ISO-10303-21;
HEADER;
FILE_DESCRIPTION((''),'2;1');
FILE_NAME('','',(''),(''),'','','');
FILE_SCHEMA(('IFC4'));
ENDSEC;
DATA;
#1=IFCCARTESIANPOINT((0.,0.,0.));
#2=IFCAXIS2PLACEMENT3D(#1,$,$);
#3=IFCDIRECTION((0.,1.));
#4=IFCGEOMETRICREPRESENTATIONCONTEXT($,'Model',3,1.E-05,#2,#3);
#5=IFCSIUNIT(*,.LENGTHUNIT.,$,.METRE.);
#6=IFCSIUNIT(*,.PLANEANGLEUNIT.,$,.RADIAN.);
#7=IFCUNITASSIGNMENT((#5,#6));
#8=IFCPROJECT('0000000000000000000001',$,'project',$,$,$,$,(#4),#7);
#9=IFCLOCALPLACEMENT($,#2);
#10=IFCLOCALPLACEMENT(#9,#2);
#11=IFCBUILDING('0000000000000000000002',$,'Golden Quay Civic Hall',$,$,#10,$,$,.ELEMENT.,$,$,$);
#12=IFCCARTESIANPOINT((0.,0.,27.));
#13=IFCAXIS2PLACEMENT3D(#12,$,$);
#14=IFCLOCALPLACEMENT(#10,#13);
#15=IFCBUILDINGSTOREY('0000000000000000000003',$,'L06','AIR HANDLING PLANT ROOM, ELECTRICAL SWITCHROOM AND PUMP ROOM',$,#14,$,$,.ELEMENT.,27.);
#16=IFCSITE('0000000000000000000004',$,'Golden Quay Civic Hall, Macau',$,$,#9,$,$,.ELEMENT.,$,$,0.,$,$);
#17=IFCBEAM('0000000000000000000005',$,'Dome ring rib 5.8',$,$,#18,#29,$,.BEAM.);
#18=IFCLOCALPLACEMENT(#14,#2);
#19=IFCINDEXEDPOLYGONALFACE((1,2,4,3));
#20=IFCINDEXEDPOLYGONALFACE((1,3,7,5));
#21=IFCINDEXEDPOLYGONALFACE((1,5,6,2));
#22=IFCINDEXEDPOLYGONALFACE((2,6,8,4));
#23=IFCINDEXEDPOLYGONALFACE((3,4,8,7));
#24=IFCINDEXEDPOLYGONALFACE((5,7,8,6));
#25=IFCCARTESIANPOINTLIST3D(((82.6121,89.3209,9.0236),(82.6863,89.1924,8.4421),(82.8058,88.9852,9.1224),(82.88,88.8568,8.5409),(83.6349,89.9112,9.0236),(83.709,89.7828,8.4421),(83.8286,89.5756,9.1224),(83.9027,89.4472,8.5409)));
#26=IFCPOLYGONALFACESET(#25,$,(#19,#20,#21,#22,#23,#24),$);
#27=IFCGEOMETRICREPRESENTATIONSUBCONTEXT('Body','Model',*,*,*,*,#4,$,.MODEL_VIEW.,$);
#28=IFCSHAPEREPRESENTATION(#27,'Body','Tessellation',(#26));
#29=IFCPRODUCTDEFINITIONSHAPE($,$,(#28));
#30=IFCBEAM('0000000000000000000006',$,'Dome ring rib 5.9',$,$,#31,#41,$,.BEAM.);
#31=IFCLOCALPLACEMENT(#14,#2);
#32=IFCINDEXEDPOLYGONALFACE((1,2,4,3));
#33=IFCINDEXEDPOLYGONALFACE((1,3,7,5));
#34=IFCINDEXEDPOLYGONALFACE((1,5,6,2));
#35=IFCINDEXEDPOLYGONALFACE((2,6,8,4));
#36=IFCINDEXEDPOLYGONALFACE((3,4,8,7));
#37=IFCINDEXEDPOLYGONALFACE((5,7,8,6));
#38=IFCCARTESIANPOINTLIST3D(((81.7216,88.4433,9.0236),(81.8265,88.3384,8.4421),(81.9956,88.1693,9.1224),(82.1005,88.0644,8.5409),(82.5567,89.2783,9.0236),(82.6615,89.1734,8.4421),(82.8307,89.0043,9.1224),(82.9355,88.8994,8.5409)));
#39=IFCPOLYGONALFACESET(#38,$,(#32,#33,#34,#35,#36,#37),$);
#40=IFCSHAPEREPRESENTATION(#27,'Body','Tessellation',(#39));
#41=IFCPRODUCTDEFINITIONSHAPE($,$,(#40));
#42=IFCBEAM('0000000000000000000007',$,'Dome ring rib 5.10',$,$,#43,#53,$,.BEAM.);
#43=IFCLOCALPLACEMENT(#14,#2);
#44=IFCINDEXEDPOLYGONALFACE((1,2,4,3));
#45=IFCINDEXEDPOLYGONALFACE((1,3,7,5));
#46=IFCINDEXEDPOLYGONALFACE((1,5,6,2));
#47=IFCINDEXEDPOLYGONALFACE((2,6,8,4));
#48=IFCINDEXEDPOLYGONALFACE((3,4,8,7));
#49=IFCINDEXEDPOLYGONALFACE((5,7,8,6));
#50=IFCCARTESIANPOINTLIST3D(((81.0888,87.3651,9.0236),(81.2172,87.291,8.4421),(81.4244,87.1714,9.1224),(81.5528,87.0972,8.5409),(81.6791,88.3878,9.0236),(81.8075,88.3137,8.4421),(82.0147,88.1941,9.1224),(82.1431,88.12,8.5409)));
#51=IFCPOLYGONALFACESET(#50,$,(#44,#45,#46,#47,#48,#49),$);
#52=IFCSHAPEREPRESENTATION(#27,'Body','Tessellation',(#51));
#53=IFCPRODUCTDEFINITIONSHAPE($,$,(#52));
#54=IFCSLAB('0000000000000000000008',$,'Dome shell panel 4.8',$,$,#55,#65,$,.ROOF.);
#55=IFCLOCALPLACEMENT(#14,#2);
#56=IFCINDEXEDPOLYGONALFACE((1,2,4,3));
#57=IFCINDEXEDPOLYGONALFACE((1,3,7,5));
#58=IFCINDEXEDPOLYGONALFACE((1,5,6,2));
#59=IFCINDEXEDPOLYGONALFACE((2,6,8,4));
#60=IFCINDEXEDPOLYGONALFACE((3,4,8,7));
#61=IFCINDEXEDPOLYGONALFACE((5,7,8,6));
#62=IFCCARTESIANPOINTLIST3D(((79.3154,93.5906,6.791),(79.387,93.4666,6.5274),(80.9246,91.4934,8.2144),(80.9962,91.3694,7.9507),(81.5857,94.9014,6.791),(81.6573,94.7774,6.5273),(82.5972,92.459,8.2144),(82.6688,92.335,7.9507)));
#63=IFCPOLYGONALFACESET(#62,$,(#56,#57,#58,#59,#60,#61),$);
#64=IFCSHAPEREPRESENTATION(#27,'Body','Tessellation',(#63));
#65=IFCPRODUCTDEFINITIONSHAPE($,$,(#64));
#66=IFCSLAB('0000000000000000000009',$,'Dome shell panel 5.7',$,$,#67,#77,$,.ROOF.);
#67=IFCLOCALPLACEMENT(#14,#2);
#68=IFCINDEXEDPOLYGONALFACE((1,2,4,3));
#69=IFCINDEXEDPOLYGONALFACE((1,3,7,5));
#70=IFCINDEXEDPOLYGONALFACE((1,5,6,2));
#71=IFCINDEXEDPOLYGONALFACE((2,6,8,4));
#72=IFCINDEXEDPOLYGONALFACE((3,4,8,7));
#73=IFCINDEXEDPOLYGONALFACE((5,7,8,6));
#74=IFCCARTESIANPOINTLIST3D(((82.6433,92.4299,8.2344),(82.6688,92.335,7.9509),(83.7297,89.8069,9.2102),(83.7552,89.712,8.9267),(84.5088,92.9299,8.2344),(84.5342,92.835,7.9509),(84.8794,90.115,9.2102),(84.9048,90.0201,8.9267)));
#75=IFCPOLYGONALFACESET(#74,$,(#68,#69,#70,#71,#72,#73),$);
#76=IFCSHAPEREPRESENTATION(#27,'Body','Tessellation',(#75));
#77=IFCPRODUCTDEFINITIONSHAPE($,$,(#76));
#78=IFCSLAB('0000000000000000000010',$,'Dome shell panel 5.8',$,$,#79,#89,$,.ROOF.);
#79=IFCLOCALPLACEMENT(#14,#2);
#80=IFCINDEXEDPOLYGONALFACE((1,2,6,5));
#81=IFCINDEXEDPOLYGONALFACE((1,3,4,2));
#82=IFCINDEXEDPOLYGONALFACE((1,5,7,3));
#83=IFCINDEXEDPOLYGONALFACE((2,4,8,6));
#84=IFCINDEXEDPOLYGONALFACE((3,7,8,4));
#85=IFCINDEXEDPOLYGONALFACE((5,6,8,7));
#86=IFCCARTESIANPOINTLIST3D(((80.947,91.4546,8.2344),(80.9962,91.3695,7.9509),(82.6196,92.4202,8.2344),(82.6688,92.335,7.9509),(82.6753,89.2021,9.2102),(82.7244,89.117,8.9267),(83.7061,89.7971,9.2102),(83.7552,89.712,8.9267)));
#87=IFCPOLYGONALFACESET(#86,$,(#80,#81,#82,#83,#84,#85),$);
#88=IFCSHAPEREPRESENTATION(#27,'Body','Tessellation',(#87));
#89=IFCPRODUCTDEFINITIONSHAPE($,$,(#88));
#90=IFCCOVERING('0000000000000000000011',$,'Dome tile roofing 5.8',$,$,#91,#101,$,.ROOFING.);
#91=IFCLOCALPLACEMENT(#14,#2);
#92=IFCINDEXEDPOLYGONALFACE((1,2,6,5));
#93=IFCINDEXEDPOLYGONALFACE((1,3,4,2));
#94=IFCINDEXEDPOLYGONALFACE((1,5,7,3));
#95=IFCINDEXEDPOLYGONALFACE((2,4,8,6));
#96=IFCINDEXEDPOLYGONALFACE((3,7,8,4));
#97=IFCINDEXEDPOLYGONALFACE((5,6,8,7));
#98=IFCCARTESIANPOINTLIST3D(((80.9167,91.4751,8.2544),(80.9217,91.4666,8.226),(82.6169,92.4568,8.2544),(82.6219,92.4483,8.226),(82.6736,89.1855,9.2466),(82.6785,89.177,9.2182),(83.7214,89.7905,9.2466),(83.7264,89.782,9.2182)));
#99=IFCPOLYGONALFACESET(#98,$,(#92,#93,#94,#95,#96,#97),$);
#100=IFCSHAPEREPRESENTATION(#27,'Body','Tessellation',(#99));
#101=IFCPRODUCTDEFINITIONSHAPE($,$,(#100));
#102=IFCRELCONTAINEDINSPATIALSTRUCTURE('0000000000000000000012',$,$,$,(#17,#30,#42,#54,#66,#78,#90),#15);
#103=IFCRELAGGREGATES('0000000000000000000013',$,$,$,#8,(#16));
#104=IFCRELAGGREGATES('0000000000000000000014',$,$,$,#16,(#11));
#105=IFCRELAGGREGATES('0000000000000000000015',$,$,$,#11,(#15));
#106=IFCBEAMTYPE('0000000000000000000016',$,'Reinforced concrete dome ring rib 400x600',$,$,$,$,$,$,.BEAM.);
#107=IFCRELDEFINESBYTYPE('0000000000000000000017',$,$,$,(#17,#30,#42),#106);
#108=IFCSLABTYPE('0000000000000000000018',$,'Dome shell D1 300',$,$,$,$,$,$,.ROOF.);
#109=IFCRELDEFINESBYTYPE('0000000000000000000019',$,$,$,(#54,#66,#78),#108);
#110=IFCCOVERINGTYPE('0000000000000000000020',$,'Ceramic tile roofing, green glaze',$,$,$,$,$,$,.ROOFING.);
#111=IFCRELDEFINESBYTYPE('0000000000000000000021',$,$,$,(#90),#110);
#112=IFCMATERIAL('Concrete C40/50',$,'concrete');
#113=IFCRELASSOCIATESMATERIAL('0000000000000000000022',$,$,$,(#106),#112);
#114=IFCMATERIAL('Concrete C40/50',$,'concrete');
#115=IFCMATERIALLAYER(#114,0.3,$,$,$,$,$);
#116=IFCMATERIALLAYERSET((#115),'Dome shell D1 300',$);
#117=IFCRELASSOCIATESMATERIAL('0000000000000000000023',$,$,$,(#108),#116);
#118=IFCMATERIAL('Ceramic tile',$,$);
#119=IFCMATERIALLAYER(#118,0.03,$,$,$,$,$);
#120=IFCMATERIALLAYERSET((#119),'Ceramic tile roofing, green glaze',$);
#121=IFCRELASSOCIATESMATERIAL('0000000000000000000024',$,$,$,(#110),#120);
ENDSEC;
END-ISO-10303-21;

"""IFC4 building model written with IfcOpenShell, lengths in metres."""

from ifc_helpers import new_model, si_unit, direction, frame, origin, origin_2d, place, context, subcontext, project, spatial, polyline, rectangle, outline, extrude, material, layer, layer_set, material_profile, profile_set, type_object, element, save


model = new_model("IFC4")

# Units and contexts
model_context = context("Model", 3, precision=1e-05, world=origin(), true_north=direction((0.0, 1.0)))
body_context = subcontext(model_context, "Body", "Model", "MODEL_VIEW")
ifc_project = project(units=[si_unit("LENGTHUNIT", "METRE"), si_unit("PLANEANGLEUNIT", "RADIAN")], contexts=[model_context])

# Site, building, storey
site_placement = place(None, origin())
site = spatial("IfcSite", under=ifc_project, at=site_placement, Name="Golden Quay Civic Hall, Macau", CompositionType="ELEMENT", RefElevation=0.0)
building_placement = place(site_placement, origin())
building = spatial("IfcBuilding", under=site, at=building_placement, Name="Golden Quay Civic Hall", CompositionType="ELEMENT")
storey_placement = place(building_placement, frame((0.0, 0.0, 27.0)))
storey = spatial("IfcBuildingStorey", under=building, at=storey_placement, Name="L06", Description="AIR HANDLING PLANT ROOM, ELECTRICAL SWITCHROOM AND PUMP ROOM", CompositionType="ELEMENT", Elevation=27.0)

# Beams
ifc_material_1 = material(Name="Concrete C40/50", Category="concrete")
ifc_material_profile_1 = material_profile(ifc_material_1, rectangle(XDim=0.3999, YDim=0.6001, at=origin_2d()), Name="RC 400x600")
ifc_profile_set_1 = profile_set([ifc_material_profile_1], Name="Concrete C40/50")
beam_type_1 = type_object("IfcBeamType", Name="Reinforced concrete dome ring rib 400x600", PredefinedType="BEAM", material=ifc_profile_set_1)
for number, where, z_axis, x_axis, name in (
    (1, (83.7688, 89.6792, 8.7822), (-0.866072, -0.499919, 0.0), (0.484418, -0.839216, 0.247094), "Dome ring rib 5.8"),
    (2, (82.7461, 89.0889, 8.7822), (-0.707107, -0.707107, 0.0), (0.685181, -0.685181, 0.247094), "Dome ring rib 5.9"),
    (3, (81.9111, 88.2539, 8.7822), (-0.499919, -0.866072, 0.0), (0.839216, -0.484418, 0.247094), "Dome ring rib 5.10"),
):
    element("IfcBeam", number, at=place(storey_placement, frame(where, z_axis=z_axis, x_axis=x_axis)), inside=storey, type_object=beam_type_1, Name=name, PredefinedType="BEAM", context=body_context, shape_type="SweptSolid", body=[
        extrude(rectangle(XDim=0.3999, YDim=0.6001, at=origin_2d()), origin(), (0.0, 0.0, 1.0), 1.1809),
    ])

# Slabs
ifc_material_2 = material(Name="Concrete C40/50", Category="concrete")
ifc_layer_1 = layer(ifc_material_2, 0.3)
ifc_layer_set_1 = layer_set([ifc_layer_1], Name="Dome shell D1 300")
slab_type = type_object("IfcSlabType", Name="Dome shell D1 300", PredefinedType="ROOF", material=ifc_layer_set_1)
slab_1_placement = place(storey_placement, frame((81.5857, 94.9014, 6.791), z_axis=(-0.23862, 0.413311, 0.878769), x_axis=(-0.86602, -0.50001, 0.000011)))
element("IfcSlab", 4, at=slab_1_placement, inside=storey, type_object=slab_type, Name="Dome shell panel 4.8", PredefinedType="ROOF", context=body_context, shape_type="SweptSolid", body=[
    extrude(outline(polyline([(0.0, 0.0), (2.6215, 0.0), (2.2766, 2.9823), (0.3453, 2.9824), (0.0, 0.0)])), origin(), (0.0, 0.0, -1.0), 0.3),
])
slab_2_placement = place(storey_placement, frame((84.5088, 92.9299, 8.2344), z_axis=(-0.084794, 0.316377, 0.944836), x_axis=(-0.965907, -0.258889, 0.000003)))
element("IfcSlab", 5, at=slab_2_placement, inside=storey, type_object=slab_type, Name="Dome shell panel 5.7", PredefinedType="ROOF", context=body_context, shape_type="SweptSolid", body=[
    extrude(outline(polyline([(0.0, 0.0), (1.9313, 0.0), (1.561, 2.9792), (0.3708, 2.9793), (0.0, 0.0)])), origin(), (0.0, 0.0, -1.0), 0.3),
])
slab_3_placement = place(storey_placement, frame((82.6196, 92.4202, 8.2344), z_axis=(-0.163756, 0.283678, 0.944834), x_axis=(-0.86605, -0.499958, 0.000006)))
element("IfcSlab", 6, at=slab_3_placement, inside=storey, type_object=slab_type, Name="Dome shell panel 5.8", PredefinedType="ROOF", context=body_context, shape_type="SweptSolid", body=[
    extrude(outline(polyline([(0.0, 0.0), (1.9313, 0.0), (1.5607, 2.9791), (0.3705, 2.9792), (0.0, 0.0)])), origin(), (0.0, 0.0, -1.0), 0.3),
])

# Covering
ifc_material_3 = material(Name="Ceramic tile")
ifc_layer_2 = layer(ifc_material_3, 0.03)
ifc_layer_set_2 = layer_set([ifc_layer_2], Name="Ceramic tile roofing, green glaze")
covering_type = type_object("IfcCoveringType", Name="Ceramic tile roofing, green glaze", PredefinedType="ROOFING", material=ifc_layer_set_2)
covering_placement = place(storey_placement, frame((82.6169, 92.4568, 8.2544), z_axis=(-0.16382, 0.283729, 0.944807), x_axis=(-0.866008, -0.50003, 0.000004)))
element("IfcCovering", 7, at=covering_placement, inside=storey, type_object=covering_type, Name="Dome tile roofing 5.8", PredefinedType="ROOFING", context=body_context, shape_type="SweptSolid", body=[
    extrude(outline(polyline([(0.0, 0.0), (1.9633, 0.0), (1.5867, 3.0284), (0.3767, 3.0284), (0.0, 0.0)])), origin(), (0.0, 0.0, -1.0), 0.03),
])

save(model, "model.ifc")
